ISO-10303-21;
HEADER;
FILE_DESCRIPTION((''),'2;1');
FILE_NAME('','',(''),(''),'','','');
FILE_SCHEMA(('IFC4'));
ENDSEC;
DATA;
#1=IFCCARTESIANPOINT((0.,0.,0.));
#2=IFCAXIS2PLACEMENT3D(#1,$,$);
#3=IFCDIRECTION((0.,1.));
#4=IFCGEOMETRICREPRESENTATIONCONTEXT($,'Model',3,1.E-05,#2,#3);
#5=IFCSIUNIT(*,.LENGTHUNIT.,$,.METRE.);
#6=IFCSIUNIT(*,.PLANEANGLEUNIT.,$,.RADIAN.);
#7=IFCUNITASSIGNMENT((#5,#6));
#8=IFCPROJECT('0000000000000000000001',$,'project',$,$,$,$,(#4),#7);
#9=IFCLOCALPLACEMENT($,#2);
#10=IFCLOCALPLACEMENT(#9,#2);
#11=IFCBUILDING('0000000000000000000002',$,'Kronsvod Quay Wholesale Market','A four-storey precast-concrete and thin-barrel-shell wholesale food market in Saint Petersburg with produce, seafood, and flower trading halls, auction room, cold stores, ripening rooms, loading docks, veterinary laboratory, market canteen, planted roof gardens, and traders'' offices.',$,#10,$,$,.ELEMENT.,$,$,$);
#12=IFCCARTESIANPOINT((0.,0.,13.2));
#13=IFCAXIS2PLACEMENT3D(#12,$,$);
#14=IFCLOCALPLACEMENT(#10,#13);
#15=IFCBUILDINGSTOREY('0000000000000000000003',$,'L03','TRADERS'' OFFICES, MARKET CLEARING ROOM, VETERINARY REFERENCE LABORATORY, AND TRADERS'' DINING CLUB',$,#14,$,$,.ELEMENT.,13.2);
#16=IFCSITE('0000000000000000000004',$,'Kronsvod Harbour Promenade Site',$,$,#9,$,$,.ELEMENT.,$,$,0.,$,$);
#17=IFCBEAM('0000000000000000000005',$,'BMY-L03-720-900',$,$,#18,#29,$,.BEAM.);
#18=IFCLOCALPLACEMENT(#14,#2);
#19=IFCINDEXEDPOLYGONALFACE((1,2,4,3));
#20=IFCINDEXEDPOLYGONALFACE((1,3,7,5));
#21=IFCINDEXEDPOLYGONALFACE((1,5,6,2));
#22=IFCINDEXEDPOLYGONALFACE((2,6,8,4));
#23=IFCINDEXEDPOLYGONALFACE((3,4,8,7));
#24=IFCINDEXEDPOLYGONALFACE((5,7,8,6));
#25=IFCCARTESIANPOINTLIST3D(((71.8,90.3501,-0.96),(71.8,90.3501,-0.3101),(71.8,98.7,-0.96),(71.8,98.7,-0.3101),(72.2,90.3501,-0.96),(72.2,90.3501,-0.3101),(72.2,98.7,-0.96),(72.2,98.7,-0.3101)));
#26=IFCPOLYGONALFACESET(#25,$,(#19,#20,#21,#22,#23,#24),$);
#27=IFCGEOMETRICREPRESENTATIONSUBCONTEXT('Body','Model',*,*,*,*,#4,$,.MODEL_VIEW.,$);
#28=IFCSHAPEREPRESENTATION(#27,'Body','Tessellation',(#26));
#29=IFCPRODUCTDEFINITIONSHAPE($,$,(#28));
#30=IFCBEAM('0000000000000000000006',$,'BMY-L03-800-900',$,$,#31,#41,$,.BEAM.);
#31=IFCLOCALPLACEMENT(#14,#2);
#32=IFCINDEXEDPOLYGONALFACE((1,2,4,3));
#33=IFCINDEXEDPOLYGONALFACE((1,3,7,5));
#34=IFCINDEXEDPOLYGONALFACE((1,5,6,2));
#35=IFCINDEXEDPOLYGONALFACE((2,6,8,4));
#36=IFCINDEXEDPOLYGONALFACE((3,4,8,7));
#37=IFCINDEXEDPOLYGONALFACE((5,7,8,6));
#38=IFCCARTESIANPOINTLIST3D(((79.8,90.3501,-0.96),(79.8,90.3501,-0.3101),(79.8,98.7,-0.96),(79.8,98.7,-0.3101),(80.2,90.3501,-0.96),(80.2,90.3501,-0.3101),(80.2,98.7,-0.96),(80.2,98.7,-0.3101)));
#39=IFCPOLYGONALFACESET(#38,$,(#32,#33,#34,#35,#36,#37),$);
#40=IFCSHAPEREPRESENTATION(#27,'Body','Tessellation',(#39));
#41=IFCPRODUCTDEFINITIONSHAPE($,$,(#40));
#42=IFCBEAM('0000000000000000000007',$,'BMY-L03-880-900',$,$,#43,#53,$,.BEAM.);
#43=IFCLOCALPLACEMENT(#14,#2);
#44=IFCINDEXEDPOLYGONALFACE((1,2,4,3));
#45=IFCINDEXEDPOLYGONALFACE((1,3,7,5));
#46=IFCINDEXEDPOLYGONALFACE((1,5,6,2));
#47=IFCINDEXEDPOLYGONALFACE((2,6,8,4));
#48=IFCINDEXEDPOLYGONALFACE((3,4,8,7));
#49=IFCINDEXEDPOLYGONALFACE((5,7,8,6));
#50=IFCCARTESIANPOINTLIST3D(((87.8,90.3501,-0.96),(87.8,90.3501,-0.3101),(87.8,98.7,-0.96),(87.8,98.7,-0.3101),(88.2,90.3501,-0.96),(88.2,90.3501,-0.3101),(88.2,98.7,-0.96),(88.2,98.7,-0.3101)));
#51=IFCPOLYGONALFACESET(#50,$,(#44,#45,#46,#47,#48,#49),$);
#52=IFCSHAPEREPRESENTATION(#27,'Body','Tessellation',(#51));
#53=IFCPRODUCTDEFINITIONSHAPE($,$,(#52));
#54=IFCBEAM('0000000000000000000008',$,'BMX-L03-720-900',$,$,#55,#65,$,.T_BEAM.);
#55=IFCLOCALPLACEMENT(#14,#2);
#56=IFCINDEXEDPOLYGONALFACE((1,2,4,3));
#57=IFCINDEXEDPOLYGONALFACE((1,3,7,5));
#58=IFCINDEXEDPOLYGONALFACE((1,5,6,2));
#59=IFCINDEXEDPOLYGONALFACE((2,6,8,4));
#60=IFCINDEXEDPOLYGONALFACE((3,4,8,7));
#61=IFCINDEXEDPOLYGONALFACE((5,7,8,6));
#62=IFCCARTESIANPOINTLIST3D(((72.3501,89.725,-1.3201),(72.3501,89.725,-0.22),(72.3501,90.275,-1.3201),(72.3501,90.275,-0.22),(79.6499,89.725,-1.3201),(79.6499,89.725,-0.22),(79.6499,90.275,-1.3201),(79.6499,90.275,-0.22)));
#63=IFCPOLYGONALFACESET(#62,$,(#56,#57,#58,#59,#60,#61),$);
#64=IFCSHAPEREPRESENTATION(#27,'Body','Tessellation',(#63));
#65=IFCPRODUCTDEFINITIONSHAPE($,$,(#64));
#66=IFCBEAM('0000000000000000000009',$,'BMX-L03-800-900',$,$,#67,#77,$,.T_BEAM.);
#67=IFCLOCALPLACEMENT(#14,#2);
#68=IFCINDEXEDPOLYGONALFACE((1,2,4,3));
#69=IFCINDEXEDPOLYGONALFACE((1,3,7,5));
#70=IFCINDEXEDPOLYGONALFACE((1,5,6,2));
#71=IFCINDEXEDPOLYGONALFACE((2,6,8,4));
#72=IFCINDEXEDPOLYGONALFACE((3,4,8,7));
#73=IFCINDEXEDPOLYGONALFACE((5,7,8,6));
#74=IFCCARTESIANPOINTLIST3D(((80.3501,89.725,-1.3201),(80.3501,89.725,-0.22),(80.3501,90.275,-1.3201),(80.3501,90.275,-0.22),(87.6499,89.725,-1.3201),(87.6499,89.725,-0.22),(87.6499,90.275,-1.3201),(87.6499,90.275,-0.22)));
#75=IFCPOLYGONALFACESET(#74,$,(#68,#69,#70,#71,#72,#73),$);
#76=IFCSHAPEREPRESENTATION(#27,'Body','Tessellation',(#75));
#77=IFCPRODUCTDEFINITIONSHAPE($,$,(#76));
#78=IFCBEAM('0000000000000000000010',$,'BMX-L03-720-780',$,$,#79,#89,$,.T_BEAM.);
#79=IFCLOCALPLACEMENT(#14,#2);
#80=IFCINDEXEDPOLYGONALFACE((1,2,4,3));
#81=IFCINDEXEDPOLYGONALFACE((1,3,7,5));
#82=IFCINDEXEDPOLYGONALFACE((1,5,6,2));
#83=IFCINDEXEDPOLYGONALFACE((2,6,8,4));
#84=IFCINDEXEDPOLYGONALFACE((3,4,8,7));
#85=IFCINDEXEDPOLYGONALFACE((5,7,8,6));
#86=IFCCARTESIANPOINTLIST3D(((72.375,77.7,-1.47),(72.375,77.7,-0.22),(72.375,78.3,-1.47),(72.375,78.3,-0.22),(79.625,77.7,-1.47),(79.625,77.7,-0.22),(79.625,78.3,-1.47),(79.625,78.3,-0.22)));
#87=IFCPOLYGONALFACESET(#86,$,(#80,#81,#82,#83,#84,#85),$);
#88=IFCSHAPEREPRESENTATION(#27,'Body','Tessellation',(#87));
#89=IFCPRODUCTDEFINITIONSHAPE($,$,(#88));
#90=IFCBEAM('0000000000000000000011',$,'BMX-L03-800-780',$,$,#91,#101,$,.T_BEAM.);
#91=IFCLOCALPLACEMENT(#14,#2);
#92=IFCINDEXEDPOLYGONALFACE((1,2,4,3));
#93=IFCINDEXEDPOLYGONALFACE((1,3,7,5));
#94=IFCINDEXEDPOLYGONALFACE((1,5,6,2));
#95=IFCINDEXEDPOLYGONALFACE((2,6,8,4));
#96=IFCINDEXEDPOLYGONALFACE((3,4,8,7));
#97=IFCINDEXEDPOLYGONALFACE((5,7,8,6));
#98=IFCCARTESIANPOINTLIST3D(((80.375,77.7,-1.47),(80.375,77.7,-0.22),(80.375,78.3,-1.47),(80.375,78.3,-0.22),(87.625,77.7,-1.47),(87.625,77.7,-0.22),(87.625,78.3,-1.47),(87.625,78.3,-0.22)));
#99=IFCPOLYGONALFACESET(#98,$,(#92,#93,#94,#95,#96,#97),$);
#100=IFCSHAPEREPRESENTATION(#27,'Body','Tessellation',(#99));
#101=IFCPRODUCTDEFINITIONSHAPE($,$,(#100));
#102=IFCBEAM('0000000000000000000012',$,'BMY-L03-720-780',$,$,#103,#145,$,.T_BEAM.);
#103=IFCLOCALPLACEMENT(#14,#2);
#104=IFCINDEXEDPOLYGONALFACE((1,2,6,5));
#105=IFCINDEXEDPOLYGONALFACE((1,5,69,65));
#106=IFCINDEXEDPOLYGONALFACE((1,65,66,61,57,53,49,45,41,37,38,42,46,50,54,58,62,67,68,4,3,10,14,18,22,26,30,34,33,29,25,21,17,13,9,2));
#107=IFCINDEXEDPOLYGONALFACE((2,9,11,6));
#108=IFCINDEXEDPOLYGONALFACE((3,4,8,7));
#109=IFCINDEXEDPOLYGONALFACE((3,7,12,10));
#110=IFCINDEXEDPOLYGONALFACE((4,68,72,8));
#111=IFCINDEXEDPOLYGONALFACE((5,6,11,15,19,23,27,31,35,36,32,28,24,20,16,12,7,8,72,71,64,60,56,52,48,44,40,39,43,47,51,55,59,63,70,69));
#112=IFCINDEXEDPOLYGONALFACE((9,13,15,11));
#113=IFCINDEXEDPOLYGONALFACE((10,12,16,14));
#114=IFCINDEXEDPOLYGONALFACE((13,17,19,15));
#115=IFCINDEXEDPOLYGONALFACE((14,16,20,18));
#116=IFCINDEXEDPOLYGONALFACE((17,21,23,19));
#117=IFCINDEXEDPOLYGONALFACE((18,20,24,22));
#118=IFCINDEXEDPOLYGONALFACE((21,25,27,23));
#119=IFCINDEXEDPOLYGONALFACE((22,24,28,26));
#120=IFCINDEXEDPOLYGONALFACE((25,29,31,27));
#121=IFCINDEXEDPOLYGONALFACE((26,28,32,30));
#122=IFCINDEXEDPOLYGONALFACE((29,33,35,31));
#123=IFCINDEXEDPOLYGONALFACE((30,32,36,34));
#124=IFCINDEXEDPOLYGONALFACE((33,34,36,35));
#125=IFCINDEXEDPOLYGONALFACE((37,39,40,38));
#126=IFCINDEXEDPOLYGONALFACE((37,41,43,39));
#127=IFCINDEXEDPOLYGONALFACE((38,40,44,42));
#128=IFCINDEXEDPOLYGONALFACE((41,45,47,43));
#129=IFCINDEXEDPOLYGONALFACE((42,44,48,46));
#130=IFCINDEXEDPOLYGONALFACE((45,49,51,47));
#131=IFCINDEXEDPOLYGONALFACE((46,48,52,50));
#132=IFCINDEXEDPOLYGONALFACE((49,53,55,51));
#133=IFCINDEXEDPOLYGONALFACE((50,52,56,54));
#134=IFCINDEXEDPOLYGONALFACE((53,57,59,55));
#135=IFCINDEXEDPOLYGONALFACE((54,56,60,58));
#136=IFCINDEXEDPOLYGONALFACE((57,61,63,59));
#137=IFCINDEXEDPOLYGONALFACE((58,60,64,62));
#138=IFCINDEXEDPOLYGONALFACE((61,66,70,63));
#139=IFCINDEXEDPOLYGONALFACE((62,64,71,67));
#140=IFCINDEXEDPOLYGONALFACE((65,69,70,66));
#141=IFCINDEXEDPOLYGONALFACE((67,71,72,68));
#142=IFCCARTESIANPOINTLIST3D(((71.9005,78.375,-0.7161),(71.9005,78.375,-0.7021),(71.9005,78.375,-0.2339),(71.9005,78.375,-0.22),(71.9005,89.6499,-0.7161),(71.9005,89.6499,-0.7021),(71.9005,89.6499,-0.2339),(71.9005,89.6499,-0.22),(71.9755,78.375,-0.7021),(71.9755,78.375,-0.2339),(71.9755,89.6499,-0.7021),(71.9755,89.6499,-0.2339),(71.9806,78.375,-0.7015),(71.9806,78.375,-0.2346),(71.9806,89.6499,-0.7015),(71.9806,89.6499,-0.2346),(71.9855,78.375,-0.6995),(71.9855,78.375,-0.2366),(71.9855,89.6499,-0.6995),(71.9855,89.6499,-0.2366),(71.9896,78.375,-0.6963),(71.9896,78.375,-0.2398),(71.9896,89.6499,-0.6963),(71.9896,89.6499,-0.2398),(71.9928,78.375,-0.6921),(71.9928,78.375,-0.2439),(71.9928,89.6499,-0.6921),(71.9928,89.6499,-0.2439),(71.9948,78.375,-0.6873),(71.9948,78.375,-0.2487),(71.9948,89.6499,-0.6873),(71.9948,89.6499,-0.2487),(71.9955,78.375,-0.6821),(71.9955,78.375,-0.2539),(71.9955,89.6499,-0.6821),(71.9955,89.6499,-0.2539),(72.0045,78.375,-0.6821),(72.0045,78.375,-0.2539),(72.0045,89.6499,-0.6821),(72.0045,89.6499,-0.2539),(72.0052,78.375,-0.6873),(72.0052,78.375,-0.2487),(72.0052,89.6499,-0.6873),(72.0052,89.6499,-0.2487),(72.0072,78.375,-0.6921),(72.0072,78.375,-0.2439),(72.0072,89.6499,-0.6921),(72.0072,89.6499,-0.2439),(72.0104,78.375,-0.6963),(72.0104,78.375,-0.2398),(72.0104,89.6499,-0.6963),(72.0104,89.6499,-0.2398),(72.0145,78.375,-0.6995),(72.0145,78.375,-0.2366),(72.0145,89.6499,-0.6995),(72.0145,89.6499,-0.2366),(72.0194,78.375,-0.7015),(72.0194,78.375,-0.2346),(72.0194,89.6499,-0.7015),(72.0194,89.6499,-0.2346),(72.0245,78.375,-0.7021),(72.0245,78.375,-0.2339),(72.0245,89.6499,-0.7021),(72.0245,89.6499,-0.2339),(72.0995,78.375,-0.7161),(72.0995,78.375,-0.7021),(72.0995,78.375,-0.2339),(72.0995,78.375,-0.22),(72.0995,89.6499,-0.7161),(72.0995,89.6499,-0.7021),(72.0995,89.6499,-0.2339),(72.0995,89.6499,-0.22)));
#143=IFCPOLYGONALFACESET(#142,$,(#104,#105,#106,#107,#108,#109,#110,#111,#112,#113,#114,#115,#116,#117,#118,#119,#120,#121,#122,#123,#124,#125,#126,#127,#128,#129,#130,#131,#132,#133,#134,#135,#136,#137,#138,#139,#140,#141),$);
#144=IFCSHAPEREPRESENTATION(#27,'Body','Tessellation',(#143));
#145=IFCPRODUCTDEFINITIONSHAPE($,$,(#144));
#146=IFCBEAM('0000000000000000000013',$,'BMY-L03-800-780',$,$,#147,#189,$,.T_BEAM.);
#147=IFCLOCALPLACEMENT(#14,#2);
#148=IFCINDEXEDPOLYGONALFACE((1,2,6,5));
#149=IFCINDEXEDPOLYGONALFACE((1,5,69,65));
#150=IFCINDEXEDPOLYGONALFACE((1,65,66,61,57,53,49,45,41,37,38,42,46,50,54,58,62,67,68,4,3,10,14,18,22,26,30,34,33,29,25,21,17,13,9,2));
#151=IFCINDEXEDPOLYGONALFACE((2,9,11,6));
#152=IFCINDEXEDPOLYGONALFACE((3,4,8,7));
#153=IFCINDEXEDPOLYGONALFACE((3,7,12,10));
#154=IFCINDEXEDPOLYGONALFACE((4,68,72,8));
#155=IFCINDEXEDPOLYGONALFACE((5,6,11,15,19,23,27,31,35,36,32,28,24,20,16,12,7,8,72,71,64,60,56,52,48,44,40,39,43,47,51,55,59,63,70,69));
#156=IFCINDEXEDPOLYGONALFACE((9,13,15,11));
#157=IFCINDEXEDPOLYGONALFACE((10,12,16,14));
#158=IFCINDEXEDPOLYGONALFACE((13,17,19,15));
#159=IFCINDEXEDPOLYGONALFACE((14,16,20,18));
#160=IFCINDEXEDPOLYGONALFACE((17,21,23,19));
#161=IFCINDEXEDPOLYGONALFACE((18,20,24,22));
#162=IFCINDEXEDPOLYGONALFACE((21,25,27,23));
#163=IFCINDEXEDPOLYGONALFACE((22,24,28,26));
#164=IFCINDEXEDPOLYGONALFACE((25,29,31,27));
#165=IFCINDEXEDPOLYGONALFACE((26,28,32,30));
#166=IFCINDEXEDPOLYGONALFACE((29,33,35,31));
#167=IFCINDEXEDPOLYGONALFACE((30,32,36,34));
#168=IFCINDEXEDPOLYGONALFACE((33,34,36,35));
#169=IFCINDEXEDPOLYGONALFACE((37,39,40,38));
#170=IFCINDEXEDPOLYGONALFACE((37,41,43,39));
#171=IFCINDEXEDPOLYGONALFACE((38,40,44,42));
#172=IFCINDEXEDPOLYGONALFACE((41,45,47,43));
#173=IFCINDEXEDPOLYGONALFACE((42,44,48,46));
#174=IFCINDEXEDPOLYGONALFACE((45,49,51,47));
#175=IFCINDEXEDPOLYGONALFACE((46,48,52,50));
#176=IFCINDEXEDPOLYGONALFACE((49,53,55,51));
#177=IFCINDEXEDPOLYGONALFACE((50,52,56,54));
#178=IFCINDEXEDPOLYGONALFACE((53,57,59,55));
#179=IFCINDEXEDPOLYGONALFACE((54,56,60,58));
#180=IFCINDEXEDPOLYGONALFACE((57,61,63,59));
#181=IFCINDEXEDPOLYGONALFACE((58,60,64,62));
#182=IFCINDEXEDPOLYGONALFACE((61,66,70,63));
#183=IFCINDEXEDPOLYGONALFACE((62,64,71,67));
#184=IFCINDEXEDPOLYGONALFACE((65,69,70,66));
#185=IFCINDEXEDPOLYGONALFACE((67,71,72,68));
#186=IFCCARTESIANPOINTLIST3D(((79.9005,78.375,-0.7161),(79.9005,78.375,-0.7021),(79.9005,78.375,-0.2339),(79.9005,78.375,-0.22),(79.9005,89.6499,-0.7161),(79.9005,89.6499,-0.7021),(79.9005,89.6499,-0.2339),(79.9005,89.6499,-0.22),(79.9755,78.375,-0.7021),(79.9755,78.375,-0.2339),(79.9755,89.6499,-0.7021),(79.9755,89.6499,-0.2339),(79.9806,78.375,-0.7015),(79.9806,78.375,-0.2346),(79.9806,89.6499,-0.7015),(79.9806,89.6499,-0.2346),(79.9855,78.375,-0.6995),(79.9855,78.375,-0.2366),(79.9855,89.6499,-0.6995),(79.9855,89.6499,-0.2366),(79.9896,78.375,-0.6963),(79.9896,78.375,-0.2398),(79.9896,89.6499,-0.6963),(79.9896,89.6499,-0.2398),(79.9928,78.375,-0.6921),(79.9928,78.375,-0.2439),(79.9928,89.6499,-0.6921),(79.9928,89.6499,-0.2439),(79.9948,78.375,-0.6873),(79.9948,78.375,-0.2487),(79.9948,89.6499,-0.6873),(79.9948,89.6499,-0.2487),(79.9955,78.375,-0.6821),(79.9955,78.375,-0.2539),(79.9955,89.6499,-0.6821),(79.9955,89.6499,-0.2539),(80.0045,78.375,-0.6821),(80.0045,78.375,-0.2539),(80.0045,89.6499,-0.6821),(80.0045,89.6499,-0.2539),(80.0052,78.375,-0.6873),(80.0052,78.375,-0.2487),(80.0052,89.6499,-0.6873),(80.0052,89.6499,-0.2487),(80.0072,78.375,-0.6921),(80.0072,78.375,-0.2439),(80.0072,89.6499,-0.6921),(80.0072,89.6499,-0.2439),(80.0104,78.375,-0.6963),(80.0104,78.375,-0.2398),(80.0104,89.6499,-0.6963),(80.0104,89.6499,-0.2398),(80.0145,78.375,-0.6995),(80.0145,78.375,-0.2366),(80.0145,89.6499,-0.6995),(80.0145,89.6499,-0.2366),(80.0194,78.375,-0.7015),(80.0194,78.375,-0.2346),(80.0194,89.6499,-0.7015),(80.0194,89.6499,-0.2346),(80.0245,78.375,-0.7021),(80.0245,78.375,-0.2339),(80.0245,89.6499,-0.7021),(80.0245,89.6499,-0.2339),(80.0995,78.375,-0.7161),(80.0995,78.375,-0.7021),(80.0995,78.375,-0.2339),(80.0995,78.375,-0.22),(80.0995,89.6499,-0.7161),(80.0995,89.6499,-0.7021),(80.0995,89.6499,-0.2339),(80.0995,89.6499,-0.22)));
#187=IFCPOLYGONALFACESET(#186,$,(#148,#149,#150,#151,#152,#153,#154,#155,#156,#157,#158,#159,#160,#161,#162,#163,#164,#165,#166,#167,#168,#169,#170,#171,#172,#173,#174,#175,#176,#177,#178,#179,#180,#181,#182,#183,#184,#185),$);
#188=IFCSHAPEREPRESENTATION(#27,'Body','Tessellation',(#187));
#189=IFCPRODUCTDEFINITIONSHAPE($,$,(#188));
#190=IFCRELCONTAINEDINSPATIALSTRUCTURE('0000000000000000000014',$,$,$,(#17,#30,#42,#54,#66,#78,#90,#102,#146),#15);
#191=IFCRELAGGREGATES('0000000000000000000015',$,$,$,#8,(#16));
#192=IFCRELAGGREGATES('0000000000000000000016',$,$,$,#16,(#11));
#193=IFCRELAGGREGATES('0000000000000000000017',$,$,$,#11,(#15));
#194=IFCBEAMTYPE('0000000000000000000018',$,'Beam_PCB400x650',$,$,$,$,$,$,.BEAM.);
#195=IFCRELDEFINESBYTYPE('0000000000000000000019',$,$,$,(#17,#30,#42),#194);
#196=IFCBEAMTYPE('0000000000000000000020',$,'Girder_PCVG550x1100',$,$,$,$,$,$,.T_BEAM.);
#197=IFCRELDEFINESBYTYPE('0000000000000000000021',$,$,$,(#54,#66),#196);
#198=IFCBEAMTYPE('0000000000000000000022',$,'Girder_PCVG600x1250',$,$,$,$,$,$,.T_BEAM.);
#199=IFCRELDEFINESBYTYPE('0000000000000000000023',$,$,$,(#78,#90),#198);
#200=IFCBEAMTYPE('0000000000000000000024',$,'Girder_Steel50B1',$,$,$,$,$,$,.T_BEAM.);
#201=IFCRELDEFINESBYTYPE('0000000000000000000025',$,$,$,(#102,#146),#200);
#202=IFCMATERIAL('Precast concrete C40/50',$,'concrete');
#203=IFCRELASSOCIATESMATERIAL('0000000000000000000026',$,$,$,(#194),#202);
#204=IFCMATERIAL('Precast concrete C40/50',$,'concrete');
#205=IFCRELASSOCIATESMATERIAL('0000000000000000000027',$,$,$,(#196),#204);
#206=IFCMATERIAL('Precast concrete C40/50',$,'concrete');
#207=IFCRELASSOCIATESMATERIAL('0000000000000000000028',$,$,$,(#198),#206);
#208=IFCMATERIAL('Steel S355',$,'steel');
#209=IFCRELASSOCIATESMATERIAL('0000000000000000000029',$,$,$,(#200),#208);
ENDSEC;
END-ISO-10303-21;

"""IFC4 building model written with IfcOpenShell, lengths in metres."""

from ifc_helpers import new_model, si_unit, direction, frame, origin, origin_2d, place, context, subcontext, project, spatial, rectangle, i_section, extrude, material, material_profile, profile_set, type_object, element, save


model = new_model("IFC4")

# Units and contexts
model_context = context("Model", 3, precision=1e-05, world=origin(), true_north=direction((0.0, 1.0)))
body_context = subcontext(model_context, "Body", "Model", "MODEL_VIEW")
ifc_project = project(units=[si_unit("LENGTHUNIT", "METRE"), si_unit("PLANEANGLEUNIT", "RADIAN")], contexts=[model_context])

# Site, building, storey
site_placement = place(None, origin())
site = spatial("IfcSite", under=ifc_project, at=site_placement, Name="Kronsvod Harbour Promenade Site", CompositionType="ELEMENT", RefElevation=0.0)
building_placement = place(site_placement, origin())
building = spatial("IfcBuilding", under=site, at=building_placement, Name="Kronsvod Quay Wholesale Market", Description="A four-storey precast-concrete and thin-barrel-shell wholesale food market in Saint Petersburg with produce, seafood, and flower trading halls, auction room, cold stores, ripening rooms, loading docks, veterinary laboratory, market canteen, planted roof gardens, and traders' offices.", CompositionType="ELEMENT")
storey_placement = place(building_placement, frame((0.0, 0.0, 13.2)))
storey = spatial("IfcBuildingStorey", under=building, at=storey_placement, Name="L03", Description="TRADERS' OFFICES, MARKET CLEARING ROOM, VETERINARY REFERENCE LABORATORY, AND TRADERS' DINING CLUB", CompositionType="ELEMENT", Elevation=13.2)

# Beams
ifc_material_1 = material(Name="Precast concrete C40/50", Category="concrete")
ifc_material_profile_1 = material_profile(ifc_material_1, rectangle(XDim=0.3999, YDim=0.6499, at=origin_2d()), Name="PCB400x650")
ifc_profile_set_1 = profile_set([ifc_material_profile_1], Name="Precast concrete C40/50")
beam_type_1 = type_object("IfcBeamType", Name="Beam_PCB400x650", PredefinedType="BEAM", material=ifc_profile_set_1)
for number, where, z_axis, x_axis, name in (
    (1, (72.0, 90.3501, -0.635), (0.0, 1.0, 0.0), (-1.0, 0.0, 0.0), "BMY-L03-720-900"),
    (2, (80.0, 90.3501, -0.635), (0.0, 1.0, 0.0), (-1.0, 0.0, 0.0), "BMY-L03-800-900"),
    (3, (88.0, 90.3501, -0.635), (0.0, 1.0, 0.0), (-1.0, 0.0, 0.0), "BMY-L03-880-900"),
):
    element("IfcBeam", number, at=place(storey_placement, frame(where, z_axis=z_axis, x_axis=x_axis)), inside=storey, type_object=beam_type_1, Name=name, PredefinedType="BEAM", context=body_context, shape_type="SweptSolid", body=[
        extrude(rectangle(XDim=0.3999, YDim=0.6499, at=origin_2d()), origin(), (0.0, 0.0, 1.0), 8.3499),
    ])
ifc_material_2 = material(Name="Precast concrete C40/50", Category="concrete")
ifc_material_profile_2 = material_profile(ifc_material_2, rectangle(XDim=0.55, YDim=1.1001, at=origin_2d()), Name="PCVG550x1100")
ifc_profile_set_2 = profile_set([ifc_material_profile_2], Name="Precast concrete C40/50")
beam_type_2 = type_object("IfcBeamType", Name="Girder_PCVG550x1100", PredefinedType="T_BEAM", material=ifc_profile_set_2)
for number, where, z_axis, x_axis, name in (
    (4, (72.3501, 90.0, -0.77), (1.0, 0.0, 0.0), (0.0, 1.0, 0.0), "BMX-L03-720-900"),
    (5, (80.3501, 90.0, -0.77), (1.0, 0.0, 0.0), (0.0, 1.0, 0.0), "BMX-L03-800-900"),
):
    element("IfcBeam", number, at=place(storey_placement, frame(where, z_axis=z_axis, x_axis=x_axis)), inside=storey, type_object=beam_type_2, Name=name, PredefinedType="T_BEAM", context=body_context, shape_type="SweptSolid", body=[
        extrude(rectangle(XDim=0.55, YDim=1.1001, at=origin_2d()), origin(), (0.0, 0.0, 1.0), 7.2998),
    ])
ifc_material_3 = material(Name="Precast concrete C40/50", Category="concrete")
ifc_material_profile_3 = material_profile(ifc_material_3, rectangle(XDim=0.6001, YDim=1.25, at=origin_2d()), Name="PCVG600x1250")
ifc_profile_set_3 = profile_set([ifc_material_profile_3], Name="Precast concrete C40/50")
beam_type_3 = type_object("IfcBeamType", Name="Girder_PCVG600x1250", PredefinedType="T_BEAM", material=ifc_profile_set_3)
for number, where, z_axis, x_axis, name in (
    (6, (72.375, 78.0, -0.845), (1.0, 0.0, 0.0), (0.0, 1.0, 0.0), "BMX-L03-720-780"),
    (7, (80.375, 78.0, -0.845), (1.0, 0.0, 0.0), (0.0, 1.0, 0.0), "BMX-L03-800-780"),
):
    element("IfcBeam", number, at=place(storey_placement, frame(where, z_axis=z_axis, x_axis=x_axis)), inside=storey, type_object=beam_type_3, Name=name, PredefinedType="T_BEAM", context=body_context, shape_type="SweptSolid", body=[
        extrude(rectangle(XDim=0.6001, YDim=1.25, at=origin_2d()), origin(), (0.0, 0.0, 1.0), 7.25),
    ])
ifc_material_4 = material(Name="Steel S355", Category="steel")
ifc_material_profile_4 = material_profile(ifc_material_4, i_section(OverallWidth=0.199, OverallDepth=0.4961, WebThickness=0.009, FlangeThickness=0.0139, FilletRadius=0.02, at=origin_2d()), Name="50B1")
ifc_profile_set_4 = profile_set([ifc_material_profile_4], Name="Steel S355")
beam_type_4 = type_object("IfcBeamType", Name="Girder_Steel50B1", PredefinedType="T_BEAM", material=ifc_profile_set_4)
for number, where, z_axis, x_axis, name in (
    (8, (72.0, 78.375, -0.468), (0.0, 1.0, 0.0), (-1.0, 0.0, 0.0), "BMY-L03-720-780"),
    (9, (80.0, 78.375, -0.468), (0.0, 1.0, 0.0), (-1.0, 0.0, 0.0), "BMY-L03-800-780"),
):
    element("IfcBeam", number, at=place(storey_placement, frame(where, z_axis=z_axis, x_axis=x_axis)), inside=storey, type_object=beam_type_4, Name=name, PredefinedType="T_BEAM", context=body_context, shape_type="SweptSolid", body=[
        extrude(i_section(OverallWidth=0.199, OverallDepth=0.4961, WebThickness=0.009, FlangeThickness=0.0139, FilletRadius=0.02, at=origin_2d()), origin(), (0.0, 0.0, 1.0), 11.2749),
    ])

save(model, "model.ifc")
